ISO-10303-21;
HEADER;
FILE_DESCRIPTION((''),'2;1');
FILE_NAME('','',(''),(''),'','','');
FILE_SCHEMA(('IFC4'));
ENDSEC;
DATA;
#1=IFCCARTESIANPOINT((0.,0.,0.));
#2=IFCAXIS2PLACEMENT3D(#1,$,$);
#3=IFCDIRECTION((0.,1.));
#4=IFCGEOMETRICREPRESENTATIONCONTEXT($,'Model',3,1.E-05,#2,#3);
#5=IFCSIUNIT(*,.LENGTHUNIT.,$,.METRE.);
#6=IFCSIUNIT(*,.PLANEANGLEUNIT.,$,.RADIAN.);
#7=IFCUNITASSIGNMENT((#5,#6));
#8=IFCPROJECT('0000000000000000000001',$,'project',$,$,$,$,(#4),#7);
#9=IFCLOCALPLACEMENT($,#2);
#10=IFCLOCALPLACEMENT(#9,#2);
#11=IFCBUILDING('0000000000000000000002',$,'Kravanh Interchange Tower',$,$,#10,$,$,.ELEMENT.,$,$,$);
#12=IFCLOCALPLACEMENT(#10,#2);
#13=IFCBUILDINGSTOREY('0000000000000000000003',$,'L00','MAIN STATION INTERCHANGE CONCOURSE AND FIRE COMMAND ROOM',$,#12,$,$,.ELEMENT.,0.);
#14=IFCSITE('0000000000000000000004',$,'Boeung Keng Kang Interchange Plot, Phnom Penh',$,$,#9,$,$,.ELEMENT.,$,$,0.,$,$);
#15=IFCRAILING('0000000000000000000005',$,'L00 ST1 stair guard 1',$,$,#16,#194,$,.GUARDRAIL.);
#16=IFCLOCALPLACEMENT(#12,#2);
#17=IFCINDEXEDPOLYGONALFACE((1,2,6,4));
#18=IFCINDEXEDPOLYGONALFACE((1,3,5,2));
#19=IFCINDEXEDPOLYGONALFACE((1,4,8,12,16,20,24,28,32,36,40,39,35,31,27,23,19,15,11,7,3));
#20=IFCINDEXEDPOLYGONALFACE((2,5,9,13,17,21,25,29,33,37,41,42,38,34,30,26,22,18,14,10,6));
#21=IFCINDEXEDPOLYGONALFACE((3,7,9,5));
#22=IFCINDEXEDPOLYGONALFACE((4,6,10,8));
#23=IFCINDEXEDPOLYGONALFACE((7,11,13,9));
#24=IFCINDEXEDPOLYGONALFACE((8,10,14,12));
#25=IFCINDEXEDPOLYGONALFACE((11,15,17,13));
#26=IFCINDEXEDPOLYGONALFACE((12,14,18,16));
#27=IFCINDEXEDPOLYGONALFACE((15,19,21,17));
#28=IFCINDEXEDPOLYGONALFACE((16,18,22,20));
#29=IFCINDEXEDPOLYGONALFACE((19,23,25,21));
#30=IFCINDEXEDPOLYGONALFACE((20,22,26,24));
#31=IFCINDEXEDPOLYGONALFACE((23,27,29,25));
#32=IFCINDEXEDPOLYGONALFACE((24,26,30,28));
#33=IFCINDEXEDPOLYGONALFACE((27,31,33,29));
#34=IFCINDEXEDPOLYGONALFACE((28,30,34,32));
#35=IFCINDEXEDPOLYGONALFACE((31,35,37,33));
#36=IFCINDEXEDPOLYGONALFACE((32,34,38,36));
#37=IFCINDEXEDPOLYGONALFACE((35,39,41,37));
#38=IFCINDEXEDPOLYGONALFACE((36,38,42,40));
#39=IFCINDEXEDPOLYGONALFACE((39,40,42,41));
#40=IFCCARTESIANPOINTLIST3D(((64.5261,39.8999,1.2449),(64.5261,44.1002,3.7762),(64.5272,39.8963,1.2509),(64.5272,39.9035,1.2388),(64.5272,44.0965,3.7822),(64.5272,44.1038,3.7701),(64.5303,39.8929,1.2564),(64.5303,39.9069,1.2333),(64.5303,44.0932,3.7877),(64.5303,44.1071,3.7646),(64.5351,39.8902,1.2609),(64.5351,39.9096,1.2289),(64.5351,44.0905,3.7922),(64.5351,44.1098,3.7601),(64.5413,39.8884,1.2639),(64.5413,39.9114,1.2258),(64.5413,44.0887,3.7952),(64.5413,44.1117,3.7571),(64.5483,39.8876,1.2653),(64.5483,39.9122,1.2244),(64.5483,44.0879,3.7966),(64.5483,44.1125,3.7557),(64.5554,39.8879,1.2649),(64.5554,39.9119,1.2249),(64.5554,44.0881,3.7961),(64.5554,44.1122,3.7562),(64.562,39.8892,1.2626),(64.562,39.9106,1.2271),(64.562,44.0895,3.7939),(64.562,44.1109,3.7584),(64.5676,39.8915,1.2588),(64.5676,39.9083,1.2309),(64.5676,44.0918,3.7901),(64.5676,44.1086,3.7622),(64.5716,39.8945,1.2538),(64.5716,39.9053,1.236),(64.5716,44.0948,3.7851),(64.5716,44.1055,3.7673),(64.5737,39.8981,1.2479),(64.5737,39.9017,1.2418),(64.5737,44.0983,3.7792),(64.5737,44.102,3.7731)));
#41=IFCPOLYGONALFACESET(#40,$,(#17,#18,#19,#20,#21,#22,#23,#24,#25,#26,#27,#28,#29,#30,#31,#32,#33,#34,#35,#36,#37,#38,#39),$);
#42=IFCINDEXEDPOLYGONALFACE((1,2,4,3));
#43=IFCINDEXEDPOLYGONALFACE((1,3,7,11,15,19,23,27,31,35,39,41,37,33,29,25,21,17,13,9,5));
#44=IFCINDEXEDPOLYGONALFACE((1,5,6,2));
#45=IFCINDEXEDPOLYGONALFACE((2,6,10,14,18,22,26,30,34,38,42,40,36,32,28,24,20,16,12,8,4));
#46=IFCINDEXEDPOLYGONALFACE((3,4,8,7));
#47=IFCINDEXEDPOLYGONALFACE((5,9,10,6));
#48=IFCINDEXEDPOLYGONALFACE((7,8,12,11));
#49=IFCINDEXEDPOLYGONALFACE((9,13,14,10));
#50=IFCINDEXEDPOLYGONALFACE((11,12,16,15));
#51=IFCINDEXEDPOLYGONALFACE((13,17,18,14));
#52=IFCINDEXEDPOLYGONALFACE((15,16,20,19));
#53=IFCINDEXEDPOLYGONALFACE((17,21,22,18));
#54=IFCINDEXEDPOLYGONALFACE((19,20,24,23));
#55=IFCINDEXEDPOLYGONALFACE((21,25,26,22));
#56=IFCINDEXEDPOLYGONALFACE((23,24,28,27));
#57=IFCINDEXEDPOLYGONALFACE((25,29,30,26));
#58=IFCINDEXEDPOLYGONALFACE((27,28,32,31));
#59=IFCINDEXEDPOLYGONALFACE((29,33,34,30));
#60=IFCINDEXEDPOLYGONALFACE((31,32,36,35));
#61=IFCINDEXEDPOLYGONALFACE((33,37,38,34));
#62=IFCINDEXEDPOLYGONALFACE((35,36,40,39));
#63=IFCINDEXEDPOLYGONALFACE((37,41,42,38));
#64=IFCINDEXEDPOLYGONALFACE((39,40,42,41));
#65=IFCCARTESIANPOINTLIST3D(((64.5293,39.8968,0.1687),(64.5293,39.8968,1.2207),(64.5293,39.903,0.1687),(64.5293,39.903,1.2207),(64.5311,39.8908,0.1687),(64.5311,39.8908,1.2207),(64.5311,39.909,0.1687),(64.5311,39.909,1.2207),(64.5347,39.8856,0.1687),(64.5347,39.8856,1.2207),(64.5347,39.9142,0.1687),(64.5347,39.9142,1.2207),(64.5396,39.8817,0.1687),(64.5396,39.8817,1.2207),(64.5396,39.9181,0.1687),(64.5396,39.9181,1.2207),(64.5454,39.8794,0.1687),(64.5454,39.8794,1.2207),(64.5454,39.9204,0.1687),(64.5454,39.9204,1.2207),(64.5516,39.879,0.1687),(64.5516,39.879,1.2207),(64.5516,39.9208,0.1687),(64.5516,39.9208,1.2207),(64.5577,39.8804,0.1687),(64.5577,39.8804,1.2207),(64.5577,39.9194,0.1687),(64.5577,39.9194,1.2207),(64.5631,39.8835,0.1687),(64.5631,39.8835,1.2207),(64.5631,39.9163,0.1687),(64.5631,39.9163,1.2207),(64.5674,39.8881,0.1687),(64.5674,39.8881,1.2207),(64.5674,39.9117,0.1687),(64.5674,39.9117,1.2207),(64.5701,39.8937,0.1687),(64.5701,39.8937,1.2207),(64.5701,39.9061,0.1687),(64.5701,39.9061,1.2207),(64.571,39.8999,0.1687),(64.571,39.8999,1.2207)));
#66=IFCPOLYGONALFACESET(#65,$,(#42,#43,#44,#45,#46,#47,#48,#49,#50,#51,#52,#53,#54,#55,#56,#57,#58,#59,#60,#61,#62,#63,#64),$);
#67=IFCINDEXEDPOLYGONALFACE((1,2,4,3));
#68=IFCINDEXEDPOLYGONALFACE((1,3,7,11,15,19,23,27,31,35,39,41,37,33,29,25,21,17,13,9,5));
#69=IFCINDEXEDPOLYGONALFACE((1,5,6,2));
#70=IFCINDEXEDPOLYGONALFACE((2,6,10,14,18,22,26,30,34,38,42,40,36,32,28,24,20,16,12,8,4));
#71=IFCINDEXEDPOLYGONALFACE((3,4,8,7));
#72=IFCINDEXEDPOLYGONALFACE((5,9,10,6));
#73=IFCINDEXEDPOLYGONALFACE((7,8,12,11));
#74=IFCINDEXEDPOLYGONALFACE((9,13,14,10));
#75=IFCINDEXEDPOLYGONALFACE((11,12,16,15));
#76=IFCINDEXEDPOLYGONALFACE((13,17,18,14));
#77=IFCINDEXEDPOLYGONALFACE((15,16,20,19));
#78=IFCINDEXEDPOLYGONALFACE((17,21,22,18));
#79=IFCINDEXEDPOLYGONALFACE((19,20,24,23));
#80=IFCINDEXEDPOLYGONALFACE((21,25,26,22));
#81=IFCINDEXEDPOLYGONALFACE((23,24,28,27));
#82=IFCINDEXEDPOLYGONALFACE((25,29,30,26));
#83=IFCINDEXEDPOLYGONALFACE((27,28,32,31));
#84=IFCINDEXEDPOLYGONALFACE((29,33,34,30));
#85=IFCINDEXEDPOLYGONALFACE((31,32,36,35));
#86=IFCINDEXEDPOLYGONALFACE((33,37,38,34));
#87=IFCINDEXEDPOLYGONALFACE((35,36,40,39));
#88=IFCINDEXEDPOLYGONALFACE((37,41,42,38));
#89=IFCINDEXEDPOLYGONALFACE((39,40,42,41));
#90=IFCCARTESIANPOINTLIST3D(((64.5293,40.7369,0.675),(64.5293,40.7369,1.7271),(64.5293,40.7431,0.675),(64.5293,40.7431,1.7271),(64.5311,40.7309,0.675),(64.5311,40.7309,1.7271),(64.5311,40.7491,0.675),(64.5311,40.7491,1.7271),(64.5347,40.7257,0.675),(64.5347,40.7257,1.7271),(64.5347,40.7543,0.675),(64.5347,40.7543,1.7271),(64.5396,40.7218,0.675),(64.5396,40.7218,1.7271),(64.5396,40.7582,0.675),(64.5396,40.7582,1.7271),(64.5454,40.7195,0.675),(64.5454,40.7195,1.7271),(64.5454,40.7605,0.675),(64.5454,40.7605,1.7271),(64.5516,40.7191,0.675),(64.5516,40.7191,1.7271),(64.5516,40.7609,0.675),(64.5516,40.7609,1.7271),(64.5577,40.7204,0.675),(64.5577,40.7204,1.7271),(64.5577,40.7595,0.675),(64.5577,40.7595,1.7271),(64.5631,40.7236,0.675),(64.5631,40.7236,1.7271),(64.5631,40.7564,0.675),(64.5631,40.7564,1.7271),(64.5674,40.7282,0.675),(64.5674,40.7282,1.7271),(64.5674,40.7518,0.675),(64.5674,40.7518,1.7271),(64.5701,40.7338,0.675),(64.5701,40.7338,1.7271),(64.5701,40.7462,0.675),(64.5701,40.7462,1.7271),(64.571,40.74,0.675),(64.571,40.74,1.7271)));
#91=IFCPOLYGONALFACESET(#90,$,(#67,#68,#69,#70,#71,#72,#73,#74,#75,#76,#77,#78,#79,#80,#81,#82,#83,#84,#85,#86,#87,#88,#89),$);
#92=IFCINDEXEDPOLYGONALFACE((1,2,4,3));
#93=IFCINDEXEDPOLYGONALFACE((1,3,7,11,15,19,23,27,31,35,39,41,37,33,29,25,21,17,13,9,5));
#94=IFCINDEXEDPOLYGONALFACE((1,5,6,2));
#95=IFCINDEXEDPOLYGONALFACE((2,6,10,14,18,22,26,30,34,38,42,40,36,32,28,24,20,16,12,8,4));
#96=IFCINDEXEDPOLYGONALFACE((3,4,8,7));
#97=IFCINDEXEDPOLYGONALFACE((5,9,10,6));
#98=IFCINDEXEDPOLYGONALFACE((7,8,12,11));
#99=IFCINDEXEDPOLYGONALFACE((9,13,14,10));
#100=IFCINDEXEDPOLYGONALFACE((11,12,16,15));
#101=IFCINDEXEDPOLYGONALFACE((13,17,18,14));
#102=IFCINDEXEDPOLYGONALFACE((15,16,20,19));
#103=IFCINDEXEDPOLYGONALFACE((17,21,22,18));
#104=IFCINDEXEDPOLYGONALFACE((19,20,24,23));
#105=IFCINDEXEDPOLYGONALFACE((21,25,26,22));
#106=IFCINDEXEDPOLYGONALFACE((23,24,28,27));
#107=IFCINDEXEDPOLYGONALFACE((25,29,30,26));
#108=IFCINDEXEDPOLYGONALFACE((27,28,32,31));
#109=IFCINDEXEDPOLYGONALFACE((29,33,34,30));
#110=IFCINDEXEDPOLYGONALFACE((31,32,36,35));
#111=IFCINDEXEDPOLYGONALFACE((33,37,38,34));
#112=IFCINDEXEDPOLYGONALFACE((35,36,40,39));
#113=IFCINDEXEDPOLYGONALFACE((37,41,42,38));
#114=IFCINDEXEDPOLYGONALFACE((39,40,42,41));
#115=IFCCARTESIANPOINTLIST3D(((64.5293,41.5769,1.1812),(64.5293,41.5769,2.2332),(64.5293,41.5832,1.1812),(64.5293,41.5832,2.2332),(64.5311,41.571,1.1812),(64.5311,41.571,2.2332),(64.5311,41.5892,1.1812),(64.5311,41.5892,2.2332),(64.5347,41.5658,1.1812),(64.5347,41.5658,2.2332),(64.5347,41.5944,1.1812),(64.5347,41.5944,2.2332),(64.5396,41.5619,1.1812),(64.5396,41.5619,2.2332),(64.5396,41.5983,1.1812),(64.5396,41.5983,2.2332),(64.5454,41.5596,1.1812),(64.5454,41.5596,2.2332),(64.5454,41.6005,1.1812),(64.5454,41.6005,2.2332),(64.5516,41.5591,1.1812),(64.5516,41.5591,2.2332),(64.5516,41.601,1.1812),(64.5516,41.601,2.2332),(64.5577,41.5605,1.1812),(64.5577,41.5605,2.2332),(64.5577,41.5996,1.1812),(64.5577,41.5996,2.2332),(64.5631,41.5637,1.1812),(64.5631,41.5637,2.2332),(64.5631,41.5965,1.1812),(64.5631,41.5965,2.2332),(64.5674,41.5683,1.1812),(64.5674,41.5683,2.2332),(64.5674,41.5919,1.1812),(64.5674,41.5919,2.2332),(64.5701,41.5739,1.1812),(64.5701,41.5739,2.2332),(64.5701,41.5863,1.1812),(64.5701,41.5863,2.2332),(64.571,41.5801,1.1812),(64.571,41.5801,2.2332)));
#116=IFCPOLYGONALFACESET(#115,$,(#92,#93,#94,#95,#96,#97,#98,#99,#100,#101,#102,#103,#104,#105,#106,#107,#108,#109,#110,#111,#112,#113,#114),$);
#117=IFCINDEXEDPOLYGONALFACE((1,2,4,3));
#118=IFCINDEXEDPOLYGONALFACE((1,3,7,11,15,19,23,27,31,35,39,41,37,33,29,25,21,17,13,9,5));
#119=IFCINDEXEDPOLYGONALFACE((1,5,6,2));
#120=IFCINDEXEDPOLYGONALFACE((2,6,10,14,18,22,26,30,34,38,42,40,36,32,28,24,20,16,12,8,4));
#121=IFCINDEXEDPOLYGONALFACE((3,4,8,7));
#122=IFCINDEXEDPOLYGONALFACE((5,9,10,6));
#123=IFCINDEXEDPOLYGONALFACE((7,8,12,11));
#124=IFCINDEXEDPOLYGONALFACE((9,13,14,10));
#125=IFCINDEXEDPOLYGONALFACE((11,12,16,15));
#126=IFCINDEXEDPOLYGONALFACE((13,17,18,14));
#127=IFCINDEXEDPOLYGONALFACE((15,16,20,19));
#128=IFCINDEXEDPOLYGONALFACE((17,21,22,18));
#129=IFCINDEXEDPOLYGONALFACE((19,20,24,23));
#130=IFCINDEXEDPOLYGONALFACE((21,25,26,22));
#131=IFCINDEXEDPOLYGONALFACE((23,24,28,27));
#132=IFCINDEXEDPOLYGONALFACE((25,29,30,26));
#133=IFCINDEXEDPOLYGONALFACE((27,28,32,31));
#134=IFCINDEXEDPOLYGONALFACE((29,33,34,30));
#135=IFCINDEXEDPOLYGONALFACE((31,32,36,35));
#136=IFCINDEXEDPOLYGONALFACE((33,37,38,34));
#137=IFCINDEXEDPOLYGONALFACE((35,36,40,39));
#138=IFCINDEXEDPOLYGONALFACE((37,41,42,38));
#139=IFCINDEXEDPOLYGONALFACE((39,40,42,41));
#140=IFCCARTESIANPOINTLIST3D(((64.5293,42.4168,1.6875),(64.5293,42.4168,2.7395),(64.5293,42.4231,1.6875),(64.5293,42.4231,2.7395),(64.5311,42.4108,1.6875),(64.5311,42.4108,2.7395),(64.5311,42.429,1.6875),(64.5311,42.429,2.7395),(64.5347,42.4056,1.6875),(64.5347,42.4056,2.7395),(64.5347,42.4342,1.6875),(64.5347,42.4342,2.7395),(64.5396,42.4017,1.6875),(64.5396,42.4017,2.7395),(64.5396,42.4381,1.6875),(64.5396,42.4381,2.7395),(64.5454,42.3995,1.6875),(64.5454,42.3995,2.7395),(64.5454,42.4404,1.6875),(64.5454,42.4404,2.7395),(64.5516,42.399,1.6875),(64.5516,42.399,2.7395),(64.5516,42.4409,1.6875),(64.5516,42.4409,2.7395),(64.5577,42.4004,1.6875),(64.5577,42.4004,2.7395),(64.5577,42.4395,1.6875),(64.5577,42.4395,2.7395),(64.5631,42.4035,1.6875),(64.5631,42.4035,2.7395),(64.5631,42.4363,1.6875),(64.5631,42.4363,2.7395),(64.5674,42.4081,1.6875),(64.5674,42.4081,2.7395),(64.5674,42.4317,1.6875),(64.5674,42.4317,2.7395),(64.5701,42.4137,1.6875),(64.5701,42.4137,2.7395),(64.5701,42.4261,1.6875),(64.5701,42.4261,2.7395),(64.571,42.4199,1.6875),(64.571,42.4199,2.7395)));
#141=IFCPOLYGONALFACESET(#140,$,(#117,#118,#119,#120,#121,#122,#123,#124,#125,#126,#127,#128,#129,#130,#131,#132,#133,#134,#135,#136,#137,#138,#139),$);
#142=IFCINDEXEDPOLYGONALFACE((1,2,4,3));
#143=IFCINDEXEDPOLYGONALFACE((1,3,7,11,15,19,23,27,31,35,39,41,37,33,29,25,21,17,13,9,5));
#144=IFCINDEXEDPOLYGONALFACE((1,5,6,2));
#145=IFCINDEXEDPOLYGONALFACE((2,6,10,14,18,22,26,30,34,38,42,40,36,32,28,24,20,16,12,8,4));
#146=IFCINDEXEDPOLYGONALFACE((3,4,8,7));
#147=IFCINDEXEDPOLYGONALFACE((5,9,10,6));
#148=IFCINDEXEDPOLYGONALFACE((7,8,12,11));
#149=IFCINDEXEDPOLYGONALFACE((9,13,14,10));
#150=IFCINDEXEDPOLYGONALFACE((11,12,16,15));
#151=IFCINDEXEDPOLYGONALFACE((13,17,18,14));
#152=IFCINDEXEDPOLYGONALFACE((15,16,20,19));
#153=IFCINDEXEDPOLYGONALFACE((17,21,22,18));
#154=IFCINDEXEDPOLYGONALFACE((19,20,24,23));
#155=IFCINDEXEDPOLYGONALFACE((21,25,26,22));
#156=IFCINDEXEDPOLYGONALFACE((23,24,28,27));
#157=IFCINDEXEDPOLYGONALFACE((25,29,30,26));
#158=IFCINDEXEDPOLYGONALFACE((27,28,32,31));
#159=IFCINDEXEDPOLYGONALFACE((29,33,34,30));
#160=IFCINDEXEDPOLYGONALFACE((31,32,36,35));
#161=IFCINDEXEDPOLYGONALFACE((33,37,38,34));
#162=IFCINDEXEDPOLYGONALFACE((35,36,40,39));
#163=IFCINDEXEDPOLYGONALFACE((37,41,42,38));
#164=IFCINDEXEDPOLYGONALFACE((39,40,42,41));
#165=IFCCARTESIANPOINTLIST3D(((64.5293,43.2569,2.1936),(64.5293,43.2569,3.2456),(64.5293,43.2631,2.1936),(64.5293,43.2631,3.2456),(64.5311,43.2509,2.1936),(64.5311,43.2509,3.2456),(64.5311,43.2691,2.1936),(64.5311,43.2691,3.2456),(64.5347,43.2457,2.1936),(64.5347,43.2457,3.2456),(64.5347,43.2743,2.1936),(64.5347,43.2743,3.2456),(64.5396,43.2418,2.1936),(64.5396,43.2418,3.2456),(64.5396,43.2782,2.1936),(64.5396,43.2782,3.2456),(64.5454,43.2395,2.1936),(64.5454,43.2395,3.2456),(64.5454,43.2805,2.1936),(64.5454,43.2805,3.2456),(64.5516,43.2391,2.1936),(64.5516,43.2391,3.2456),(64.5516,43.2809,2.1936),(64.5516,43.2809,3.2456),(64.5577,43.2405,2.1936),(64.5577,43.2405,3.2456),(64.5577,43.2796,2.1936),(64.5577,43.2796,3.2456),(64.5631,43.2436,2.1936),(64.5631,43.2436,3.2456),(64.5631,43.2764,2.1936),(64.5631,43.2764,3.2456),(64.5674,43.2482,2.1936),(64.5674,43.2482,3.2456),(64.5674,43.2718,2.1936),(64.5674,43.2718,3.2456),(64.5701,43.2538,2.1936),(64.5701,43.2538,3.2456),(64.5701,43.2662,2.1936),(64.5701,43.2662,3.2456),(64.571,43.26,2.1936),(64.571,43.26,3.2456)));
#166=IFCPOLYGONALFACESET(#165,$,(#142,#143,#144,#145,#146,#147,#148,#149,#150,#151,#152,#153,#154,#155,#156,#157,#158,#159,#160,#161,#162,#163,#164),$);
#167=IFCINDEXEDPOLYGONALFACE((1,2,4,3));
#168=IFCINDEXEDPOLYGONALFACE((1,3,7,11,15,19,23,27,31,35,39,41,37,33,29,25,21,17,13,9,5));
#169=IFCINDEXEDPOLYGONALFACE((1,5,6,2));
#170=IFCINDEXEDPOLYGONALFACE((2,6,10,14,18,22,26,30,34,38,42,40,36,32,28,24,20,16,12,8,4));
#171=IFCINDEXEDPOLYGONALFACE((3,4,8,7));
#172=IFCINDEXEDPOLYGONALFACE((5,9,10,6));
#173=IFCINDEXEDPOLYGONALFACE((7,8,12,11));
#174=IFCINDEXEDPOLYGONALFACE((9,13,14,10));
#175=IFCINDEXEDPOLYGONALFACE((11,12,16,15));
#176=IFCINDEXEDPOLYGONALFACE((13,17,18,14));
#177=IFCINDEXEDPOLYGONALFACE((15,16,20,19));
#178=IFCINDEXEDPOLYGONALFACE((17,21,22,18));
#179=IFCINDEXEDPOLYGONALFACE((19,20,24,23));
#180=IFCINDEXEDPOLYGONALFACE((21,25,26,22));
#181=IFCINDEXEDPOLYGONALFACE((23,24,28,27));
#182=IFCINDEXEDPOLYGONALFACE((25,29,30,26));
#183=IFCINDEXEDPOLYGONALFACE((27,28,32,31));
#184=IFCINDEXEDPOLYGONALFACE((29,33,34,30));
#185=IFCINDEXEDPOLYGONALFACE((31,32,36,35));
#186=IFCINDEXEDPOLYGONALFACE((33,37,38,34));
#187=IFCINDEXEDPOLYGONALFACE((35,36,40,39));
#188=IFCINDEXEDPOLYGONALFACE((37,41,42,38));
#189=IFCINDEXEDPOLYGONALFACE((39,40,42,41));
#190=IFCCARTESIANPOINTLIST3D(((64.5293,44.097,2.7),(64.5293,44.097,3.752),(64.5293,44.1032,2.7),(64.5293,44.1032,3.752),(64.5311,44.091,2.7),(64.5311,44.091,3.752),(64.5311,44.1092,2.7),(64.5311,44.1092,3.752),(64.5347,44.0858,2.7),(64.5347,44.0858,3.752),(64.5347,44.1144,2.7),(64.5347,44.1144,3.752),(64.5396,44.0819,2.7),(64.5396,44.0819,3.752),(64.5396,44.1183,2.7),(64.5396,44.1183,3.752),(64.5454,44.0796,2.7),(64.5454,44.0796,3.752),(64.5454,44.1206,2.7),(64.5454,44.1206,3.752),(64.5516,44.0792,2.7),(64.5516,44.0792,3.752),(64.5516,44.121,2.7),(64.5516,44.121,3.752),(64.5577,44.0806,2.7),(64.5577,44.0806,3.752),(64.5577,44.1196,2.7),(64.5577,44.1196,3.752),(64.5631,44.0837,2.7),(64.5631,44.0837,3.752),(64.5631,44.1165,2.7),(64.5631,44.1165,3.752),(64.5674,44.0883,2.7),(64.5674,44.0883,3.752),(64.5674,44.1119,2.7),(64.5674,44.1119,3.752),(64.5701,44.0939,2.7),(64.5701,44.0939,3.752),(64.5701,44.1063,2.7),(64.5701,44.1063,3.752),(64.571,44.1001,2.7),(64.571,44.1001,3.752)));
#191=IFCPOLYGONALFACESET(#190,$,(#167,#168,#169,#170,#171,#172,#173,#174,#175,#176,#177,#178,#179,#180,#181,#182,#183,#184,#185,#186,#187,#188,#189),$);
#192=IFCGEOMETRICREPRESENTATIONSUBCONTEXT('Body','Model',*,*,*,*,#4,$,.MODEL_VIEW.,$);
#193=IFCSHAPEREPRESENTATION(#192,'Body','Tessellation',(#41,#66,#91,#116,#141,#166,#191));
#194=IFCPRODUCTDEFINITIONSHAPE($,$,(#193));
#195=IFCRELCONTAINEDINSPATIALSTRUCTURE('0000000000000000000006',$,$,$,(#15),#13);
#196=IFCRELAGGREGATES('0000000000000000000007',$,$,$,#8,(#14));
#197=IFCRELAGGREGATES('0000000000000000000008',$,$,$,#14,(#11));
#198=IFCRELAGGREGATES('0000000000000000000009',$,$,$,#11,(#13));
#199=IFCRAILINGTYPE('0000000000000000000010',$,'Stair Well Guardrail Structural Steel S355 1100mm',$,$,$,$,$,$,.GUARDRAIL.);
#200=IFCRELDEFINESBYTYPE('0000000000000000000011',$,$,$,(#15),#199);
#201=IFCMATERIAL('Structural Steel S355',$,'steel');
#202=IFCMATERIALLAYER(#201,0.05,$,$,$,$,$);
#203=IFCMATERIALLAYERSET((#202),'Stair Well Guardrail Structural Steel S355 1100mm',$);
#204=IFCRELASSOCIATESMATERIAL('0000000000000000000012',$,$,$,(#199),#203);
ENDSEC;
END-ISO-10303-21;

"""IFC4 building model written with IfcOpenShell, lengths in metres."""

from ifc_helpers import new_model, si_unit, direction, frame, origin, origin_2d, place, context, subcontext, project, spatial, circle, extrude, material, layer, layer_set, type_object, element, save


model = new_model("IFC4")

# Units and contexts
model_context = context("Model", 3, precision=1e-05, world=origin(), true_north=direction((0.0, 1.0)))
body_context = subcontext(model_context, "Body", "Model", "MODEL_VIEW")
ifc_project = project(units=[si_unit("LENGTHUNIT", "METRE"), si_unit("PLANEANGLEUNIT", "RADIAN")], contexts=[model_context])

# Site, building, storey
site_placement = place(None, origin())
site = spatial("IfcSite", under=ifc_project, at=site_placement, Name="Boeung Keng Kang Interchange Plot, Phnom Penh", CompositionType="ELEMENT", RefElevation=0.0)
building_placement = place(site_placement, origin())
building = spatial("IfcBuilding", under=site, at=building_placement, Name="Kravanh Interchange Tower", CompositionType="ELEMENT")
storey_placement = place(building_placement, origin())
storey = spatial("IfcBuildingStorey", under=building, at=storey_placement, Name="L00", Description="MAIN STATION INTERCHANGE CONCOURSE AND FIRE COMMAND ROOM", CompositionType="ELEMENT", Elevation=0.0)

# Railing
ifc_material_1 = material(Name="Structural Steel S355", Category="steel")
ifc_layer_1 = layer(ifc_material_1, 0.05)
ifc_layer_set_1 = layer_set([ifc_layer_1], Name="Stair Well Guardrail Structural Steel S355 1100mm")
railing_type_1 = type_object("IfcRailingType", Name="Stair Well Guardrail Structural Steel S355 1100mm", PredefinedType="GUARDRAIL", material=ifc_layer_set_1)
railing_1_placement = place(storey_placement, frame((64.55, 39.8999, 0.1687)))
element("IfcRailing", 1, at=railing_1_placement, inside=storey, type_object=railing_type_1, Name="L00 ST1 stair guard 1", PredefinedType="GUARDRAIL", context=body_context, shape_type="SweptSolid", body=[
    extrude(circle(Radius=0.0239, at=origin_2d()), frame((0.0, 0.0, 1.0762), z_axis=(0.0, 0.85649, 0.516164), x_axis=(-1.0, 0.0, 0.0)), (0.0, 0.0, 1.0), 4.9041),
    extrude(circle(Radius=0.021, at=origin_2d()), origin(), (0.0, 0.0, 1.0), 1.052),
    extrude(circle(Radius=0.021, at=origin_2d()), frame((0.0, 0.8401, 0.5063)), (0.0, 0.0, 1.0), 1.052),
    extrude(circle(Radius=0.021, at=origin_2d()), frame((0.0, 1.6802, 1.0125)), (0.0, 0.0, 1.0), 1.052),
    extrude(circle(Radius=0.021, at=origin_2d()), frame((0.0, 2.52, 1.5188)), (0.0, 0.0, 1.0), 1.052),
    extrude(circle(Radius=0.021, at=origin_2d()), frame((0.0, 3.3601, 2.0249)), (0.0, 0.0, 1.0), 1.052),
    extrude(circle(Radius=0.021, at=origin_2d()), frame((0.0, 4.2002, 2.5312)), (0.0, 0.0, 1.0), 1.052),
])

save(model, "model.ifc")
